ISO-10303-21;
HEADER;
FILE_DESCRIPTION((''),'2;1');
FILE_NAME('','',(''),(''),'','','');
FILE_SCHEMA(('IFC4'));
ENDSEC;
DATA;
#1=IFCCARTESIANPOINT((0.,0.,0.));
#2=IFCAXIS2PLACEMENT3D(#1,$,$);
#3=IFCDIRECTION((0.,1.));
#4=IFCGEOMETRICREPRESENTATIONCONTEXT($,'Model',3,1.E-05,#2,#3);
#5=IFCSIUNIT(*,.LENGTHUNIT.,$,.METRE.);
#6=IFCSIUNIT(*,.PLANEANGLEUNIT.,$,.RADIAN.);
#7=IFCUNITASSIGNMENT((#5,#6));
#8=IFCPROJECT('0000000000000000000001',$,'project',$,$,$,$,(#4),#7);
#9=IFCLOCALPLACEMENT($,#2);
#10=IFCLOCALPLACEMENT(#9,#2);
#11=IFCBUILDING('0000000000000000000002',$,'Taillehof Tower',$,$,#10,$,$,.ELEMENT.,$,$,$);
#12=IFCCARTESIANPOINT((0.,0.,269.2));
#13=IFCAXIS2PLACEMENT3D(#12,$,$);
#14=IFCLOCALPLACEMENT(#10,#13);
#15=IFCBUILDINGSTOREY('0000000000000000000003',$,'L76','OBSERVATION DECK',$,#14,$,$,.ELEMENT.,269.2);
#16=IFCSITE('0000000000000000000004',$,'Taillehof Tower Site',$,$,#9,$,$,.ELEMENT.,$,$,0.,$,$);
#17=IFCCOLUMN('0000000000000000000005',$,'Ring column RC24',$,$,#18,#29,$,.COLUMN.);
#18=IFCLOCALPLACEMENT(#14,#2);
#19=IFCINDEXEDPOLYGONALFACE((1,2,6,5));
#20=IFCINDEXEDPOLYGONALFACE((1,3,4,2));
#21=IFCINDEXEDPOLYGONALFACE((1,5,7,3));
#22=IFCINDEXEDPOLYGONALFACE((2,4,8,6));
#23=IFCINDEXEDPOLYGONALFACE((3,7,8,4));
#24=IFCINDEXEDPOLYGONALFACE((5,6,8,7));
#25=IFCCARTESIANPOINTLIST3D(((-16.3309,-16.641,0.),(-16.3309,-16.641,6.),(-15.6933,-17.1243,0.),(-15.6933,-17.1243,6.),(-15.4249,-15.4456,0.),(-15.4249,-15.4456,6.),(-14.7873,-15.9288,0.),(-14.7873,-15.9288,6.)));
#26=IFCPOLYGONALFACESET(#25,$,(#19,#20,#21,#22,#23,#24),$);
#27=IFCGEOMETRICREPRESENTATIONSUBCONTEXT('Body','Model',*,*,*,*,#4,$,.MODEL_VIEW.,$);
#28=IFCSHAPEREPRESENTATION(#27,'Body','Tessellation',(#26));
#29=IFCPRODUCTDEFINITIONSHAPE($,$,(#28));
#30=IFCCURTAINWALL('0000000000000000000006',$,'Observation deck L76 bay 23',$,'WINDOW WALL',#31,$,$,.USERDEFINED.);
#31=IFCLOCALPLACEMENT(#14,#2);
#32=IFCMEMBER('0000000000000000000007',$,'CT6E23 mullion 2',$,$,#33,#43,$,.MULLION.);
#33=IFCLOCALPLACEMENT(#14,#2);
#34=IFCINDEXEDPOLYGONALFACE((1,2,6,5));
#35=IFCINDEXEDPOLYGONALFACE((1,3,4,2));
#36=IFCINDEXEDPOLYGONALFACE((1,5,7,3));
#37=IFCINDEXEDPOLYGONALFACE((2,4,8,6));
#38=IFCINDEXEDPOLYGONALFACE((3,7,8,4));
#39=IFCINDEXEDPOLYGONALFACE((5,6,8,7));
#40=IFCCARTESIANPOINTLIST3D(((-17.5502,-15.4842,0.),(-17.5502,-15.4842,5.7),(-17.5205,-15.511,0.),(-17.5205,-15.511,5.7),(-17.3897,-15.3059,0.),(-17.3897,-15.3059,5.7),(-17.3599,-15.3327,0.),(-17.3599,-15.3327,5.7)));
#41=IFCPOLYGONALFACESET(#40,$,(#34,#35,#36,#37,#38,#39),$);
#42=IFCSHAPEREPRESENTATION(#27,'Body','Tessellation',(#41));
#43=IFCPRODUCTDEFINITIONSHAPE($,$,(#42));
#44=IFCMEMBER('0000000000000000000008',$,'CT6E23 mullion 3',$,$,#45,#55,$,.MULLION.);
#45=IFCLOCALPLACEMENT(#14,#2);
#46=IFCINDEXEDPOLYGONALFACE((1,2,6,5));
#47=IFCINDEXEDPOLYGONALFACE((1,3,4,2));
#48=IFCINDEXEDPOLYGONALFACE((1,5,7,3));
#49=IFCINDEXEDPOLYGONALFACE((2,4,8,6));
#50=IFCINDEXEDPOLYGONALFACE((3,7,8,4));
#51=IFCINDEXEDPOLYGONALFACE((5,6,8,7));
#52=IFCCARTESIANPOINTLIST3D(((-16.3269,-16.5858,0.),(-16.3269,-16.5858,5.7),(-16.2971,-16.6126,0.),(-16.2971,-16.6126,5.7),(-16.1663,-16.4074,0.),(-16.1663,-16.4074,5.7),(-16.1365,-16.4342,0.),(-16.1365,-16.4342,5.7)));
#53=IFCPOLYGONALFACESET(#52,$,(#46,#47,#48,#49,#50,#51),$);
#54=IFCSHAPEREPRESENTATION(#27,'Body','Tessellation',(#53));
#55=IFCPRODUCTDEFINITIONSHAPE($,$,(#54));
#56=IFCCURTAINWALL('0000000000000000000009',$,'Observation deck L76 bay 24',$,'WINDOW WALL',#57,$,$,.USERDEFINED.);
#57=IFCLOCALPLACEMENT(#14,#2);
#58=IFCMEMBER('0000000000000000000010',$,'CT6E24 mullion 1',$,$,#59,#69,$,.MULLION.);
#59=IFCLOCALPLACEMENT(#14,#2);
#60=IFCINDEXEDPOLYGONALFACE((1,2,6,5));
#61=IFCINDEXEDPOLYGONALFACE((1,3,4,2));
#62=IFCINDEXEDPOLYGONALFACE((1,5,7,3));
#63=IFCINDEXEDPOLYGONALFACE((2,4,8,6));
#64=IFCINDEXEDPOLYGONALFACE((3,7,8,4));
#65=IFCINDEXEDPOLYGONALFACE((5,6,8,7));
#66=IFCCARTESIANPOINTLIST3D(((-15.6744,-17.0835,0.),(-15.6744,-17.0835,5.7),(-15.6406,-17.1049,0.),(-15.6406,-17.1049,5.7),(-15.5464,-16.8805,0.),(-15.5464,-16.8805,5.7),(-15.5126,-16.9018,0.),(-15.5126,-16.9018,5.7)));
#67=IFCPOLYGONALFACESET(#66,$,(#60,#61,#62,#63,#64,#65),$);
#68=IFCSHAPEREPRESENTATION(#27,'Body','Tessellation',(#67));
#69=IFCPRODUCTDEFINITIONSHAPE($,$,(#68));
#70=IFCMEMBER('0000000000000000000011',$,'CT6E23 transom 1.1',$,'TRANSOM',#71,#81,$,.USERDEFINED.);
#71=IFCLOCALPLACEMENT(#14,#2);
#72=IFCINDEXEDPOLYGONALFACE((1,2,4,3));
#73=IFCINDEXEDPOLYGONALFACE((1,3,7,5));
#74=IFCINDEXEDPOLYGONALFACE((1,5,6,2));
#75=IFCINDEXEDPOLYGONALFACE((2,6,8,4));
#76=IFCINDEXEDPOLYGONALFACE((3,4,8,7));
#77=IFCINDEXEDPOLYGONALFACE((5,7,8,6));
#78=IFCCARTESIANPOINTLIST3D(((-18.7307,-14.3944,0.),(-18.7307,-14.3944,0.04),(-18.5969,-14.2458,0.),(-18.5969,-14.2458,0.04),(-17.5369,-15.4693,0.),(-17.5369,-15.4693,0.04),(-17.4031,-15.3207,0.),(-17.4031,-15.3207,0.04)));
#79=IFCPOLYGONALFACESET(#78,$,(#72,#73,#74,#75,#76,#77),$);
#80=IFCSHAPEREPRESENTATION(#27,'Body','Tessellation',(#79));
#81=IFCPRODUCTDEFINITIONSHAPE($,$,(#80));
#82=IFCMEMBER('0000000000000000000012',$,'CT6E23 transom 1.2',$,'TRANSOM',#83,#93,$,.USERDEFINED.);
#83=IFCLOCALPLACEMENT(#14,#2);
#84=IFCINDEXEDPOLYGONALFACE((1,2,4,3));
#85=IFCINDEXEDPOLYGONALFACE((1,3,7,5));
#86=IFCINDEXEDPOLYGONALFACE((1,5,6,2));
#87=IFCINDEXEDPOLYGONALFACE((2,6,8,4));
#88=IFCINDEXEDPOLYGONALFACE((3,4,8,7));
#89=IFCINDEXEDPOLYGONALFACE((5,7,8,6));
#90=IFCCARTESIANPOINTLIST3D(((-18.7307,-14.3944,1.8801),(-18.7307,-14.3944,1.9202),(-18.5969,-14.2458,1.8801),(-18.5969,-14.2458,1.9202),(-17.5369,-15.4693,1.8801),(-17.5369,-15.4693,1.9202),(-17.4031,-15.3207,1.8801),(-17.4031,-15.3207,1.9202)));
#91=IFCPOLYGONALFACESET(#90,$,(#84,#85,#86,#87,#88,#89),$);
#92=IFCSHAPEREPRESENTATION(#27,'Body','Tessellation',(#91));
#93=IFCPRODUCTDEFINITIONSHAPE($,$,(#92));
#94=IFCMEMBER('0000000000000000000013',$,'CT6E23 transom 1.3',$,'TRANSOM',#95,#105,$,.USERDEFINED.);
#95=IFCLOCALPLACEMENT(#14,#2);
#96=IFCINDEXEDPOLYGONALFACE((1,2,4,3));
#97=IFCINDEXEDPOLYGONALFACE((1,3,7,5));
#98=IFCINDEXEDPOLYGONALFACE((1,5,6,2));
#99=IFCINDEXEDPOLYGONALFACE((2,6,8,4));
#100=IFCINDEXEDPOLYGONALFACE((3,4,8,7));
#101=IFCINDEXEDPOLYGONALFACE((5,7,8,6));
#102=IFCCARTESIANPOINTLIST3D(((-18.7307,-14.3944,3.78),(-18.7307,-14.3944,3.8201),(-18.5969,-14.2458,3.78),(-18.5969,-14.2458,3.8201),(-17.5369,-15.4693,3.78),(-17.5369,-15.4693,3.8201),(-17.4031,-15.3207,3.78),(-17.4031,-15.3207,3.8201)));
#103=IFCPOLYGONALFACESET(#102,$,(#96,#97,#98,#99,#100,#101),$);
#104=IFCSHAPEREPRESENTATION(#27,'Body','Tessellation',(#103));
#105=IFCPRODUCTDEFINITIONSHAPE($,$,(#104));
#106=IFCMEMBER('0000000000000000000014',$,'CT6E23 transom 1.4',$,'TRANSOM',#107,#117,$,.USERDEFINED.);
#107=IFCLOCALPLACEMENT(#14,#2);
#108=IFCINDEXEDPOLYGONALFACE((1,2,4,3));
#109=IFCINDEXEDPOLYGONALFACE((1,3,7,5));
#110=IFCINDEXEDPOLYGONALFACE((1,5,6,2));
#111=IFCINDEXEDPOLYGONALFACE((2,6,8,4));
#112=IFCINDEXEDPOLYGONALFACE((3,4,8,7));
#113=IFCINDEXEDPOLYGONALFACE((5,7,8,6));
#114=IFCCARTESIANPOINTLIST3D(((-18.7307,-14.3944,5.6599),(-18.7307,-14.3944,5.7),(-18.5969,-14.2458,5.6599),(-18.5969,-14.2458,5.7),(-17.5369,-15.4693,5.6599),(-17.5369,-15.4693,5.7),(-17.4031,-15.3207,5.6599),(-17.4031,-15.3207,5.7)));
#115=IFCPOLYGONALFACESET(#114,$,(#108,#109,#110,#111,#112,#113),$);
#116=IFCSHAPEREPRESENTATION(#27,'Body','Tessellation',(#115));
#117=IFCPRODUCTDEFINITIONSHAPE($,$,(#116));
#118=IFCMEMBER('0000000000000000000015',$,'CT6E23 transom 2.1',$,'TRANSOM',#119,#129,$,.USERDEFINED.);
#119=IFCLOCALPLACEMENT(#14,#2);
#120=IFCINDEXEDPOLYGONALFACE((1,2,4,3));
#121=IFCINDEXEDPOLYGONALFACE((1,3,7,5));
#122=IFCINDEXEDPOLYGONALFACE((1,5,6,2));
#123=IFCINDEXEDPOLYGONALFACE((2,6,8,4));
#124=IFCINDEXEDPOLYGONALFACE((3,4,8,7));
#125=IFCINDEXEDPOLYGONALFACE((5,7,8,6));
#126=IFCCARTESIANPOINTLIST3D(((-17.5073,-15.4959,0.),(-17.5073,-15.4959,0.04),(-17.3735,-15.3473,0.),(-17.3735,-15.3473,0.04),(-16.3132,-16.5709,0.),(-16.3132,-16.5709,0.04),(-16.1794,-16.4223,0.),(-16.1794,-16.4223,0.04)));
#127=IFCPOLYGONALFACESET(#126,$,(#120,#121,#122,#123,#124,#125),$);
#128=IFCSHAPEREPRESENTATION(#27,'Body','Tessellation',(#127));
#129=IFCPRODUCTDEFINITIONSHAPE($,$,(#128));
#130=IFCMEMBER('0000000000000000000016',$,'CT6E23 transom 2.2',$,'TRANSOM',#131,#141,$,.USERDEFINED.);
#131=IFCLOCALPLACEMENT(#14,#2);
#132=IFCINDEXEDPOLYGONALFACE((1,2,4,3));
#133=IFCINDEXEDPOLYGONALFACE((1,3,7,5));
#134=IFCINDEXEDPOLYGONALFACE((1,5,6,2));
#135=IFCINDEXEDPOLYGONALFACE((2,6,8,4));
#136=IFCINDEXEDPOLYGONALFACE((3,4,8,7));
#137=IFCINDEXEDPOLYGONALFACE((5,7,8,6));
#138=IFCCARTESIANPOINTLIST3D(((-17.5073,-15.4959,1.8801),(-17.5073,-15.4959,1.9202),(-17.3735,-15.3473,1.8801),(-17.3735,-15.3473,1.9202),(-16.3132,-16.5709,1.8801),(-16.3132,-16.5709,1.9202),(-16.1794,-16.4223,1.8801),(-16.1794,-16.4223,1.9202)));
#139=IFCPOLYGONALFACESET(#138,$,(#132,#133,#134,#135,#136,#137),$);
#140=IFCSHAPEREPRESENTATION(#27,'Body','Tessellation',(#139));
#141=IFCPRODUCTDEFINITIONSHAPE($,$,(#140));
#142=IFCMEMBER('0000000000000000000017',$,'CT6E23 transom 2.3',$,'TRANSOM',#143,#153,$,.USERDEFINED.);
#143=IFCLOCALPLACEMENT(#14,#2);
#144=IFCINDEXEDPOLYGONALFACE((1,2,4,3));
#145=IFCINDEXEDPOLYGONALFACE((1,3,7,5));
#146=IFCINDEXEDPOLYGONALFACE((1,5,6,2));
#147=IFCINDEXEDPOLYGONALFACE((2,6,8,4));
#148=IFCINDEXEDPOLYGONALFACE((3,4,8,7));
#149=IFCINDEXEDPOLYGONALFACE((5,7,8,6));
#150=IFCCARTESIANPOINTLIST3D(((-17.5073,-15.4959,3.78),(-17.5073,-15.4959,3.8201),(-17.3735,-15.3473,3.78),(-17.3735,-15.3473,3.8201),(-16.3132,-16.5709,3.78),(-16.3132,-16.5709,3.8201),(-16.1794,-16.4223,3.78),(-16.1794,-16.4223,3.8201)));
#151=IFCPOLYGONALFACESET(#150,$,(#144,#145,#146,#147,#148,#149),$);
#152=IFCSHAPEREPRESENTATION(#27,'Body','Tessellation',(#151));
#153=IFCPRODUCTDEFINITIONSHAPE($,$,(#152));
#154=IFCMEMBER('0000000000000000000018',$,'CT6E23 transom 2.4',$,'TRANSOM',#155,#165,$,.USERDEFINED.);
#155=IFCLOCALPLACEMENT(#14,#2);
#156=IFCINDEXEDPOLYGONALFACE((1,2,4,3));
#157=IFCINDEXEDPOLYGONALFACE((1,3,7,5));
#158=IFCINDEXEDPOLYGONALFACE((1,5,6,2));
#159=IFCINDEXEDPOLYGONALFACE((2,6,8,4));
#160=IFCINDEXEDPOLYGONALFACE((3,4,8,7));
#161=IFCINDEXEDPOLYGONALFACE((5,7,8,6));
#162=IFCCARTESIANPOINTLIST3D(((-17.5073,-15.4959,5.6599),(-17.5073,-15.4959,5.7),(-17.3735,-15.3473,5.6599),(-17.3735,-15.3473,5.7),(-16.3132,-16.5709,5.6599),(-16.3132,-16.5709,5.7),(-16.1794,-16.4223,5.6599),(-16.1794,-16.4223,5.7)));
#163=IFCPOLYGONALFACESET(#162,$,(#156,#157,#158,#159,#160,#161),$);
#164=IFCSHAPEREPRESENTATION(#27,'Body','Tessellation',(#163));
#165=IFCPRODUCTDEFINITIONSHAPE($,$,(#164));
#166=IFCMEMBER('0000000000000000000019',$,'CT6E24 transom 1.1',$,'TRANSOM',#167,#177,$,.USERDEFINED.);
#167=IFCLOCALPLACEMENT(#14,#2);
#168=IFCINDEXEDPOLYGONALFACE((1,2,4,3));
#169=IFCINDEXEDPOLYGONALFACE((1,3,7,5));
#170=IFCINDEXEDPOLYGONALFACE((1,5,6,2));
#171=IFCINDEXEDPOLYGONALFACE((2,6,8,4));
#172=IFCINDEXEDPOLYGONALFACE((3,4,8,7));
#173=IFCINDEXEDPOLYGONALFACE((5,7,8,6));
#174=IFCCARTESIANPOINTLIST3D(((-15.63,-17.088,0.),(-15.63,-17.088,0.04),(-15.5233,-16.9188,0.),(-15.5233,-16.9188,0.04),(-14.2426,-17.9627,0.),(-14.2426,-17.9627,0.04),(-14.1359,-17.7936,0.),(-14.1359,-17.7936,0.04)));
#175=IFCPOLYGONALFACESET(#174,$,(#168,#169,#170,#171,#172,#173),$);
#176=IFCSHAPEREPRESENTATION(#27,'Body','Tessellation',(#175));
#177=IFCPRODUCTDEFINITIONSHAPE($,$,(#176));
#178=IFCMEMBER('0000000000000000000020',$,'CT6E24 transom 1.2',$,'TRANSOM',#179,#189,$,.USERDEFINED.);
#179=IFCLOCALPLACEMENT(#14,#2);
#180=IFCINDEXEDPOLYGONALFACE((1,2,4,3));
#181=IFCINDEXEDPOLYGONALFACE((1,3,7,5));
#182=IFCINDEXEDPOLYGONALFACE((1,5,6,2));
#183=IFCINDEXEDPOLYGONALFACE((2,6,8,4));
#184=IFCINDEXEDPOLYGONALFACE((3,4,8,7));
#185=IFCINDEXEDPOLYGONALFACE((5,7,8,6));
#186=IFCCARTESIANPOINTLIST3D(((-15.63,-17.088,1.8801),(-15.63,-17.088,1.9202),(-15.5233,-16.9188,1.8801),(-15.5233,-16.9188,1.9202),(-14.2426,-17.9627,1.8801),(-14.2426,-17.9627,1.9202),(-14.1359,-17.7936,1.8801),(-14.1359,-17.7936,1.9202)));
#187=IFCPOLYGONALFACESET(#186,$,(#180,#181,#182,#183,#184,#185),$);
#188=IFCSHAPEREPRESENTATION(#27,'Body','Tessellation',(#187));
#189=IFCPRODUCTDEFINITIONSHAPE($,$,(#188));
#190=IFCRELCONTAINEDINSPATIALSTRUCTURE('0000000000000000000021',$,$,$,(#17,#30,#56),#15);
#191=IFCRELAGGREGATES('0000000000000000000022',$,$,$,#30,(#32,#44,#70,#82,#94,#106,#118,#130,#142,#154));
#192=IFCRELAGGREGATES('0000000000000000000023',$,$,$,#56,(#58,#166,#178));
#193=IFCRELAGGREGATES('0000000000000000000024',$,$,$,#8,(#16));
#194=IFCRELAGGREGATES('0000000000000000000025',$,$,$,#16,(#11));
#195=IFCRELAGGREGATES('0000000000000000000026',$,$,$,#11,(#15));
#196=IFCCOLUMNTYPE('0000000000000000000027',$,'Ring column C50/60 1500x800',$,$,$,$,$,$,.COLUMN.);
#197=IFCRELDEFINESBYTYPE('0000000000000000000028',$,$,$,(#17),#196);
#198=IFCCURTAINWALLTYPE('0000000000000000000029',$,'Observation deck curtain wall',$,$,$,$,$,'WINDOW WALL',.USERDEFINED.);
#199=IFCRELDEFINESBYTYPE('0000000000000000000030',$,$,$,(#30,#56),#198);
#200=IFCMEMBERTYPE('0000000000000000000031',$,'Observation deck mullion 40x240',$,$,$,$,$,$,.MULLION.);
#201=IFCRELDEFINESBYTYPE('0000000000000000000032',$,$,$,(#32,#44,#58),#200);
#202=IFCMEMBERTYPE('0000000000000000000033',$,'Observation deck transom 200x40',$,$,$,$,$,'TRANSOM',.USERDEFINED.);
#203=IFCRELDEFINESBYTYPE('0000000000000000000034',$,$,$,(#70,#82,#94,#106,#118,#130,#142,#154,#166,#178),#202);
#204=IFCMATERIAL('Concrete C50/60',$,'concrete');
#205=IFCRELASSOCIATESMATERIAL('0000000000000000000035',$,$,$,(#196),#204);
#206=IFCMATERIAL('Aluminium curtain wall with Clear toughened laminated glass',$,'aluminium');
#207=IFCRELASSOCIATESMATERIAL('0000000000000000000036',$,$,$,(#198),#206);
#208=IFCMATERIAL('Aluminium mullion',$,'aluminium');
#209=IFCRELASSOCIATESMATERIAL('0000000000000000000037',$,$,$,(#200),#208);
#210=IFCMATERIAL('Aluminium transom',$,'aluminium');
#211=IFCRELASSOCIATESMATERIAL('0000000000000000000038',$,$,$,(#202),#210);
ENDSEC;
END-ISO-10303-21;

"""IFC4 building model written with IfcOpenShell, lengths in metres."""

from ifc_helpers import new_model, si_unit, direction, frame, origin, origin_2d, place, context, subcontext, project, spatial, rectangle, extrude, material, material_profile, profile_set, type_object, element, aggregate, save


model = new_model("IFC4")

# Units and contexts
model_context = context("Model", 3, precision=1e-05, world=origin(), true_north=direction((0.0, 1.0)))
body_context = subcontext(model_context, "Body", "Model", "MODEL_VIEW")
ifc_project = project(units=[si_unit("LENGTHUNIT", "METRE"), si_unit("PLANEANGLEUNIT", "RADIAN")], contexts=[model_context])

# Site, building, storey
site_placement = place(None, origin())
site = spatial("IfcSite", under=ifc_project, at=site_placement, Name="Taillehof Tower Site", CompositionType="ELEMENT", RefElevation=0.0)
building_placement = place(site_placement, origin())
building = spatial("IfcBuilding", under=site, at=building_placement, Name="Taillehof Tower", CompositionType="ELEMENT")
storey_placement = place(building_placement, frame((0.0, 0.0, 269.2)))
storey = spatial("IfcBuildingStorey", under=building, at=storey_placement, Name="L76", Description="OBSERVATION DECK", CompositionType="ELEMENT", Elevation=269.2)

# Column
ifc_material_1 = material(Name="Concrete C50/60", Category="concrete")
ifc_material_profile_1 = material_profile(ifc_material_1, rectangle(XDim=1.5, YDim=0.8, at=origin_2d()), Name="RC 1500x800")
ifc_profile_set_1 = profile_set([ifc_material_profile_1], Name="Concrete C50/60")
column_type = type_object("IfcColumnType", Name="Ring column C50/60 1500x800", PredefinedType="COLUMN", material=ifc_profile_set_1)
column_placement = place(storey_placement, frame((-15.5591, -16.2849, 0.0), z_axis=(0.0, 0.0, 1.0), x_axis=(-0.60402, -0.796969, 0.0)))
element("IfcColumn", 1, at=column_placement, inside=storey, type_object=column_type, Name="Ring column RC24", PredefinedType="COLUMN", context=body_context, shape_type="SweptSolid", body=[
    extrude(rectangle(XDim=1.5, YDim=0.8, at=origin_2d()), origin(), (0.0, 0.0, 1.0), 6.0),
])

# Curtain wall, members
ifc_material_2 = material(Name="Aluminium curtain wall with Clear toughened laminated glass", Category="aluminium")
curtain_wall_type = type_object("IfcCurtainWallType", Name="Observation deck curtain wall", ElementType="WINDOW WALL", PredefinedType="USERDEFINED", material=ifc_material_2)
curtain_wall_1_placement = place(storey_placement, origin())
curtain_wall_1 = element("IfcCurtainWall", 2, at=curtain_wall_1_placement, inside=storey, type_object=curtain_wall_type, Name="Observation deck L76 bay 23", ObjectType="WINDOW WALL", PredefinedType="USERDEFINED")
ifc_material_3 = material(Name="Aluminium mullion", Category="aluminium")
ifc_material_profile_2 = material_profile(ifc_material_3, rectangle(XDim=0.24, YDim=0.04, at=origin_2d()), Name="AL 40x240")
ifc_profile_set_2 = profile_set([ifc_material_profile_2], Name="Aluminium mullion")
member_type_1 = type_object("IfcMemberType", Name="Observation deck mullion 40x240", PredefinedType="MULLION", material=ifc_profile_set_2)
member_1_placement = place(storey_placement, frame((-17.4551, -15.4084, 0.0), z_axis=(0.0, 0.0, 1.0), x_axis=(0.669107, 0.743166, 0.0)))
member_1 = element("IfcMember", 3, at=member_1_placement, type_object=member_type_1, Name="CT6E23 mullion 2", PredefinedType="MULLION", context=body_context, shape_type="SweptSolid", body=[
    extrude(rectangle(XDim=0.24, YDim=0.04, at=origin_2d()), origin(), (0.0, 0.0, 1.0), 5.7),
])
member_2_placement = place(storey_placement, frame((-16.2317, -16.51, 0.0), z_axis=(0.0, 0.0, 1.0), x_axis=(0.669107, 0.743166, 0.0)))
member_2 = element("IfcMember", 4, at=member_2_placement, type_object=member_type_1, Name="CT6E23 mullion 3", PredefinedType="MULLION", context=body_context, shape_type="SweptSolid", body=[
    extrude(rectangle(XDim=0.24, YDim=0.04, at=origin_2d()), origin(), (0.0, 0.0, 1.0), 5.7),
])

# Curtain wall, member
curtain_wall_2_placement = place(storey_placement, origin())
curtain_wall_2 = element("IfcCurtainWall", 5, at=curtain_wall_2_placement, inside=storey, type_object=curtain_wall_type, Name="Observation deck L76 bay 24", ObjectType="WINDOW WALL", PredefinedType="USERDEFINED")
member_3_placement = place(storey_placement, frame((-15.5935, -16.9927, 0.0), z_axis=(0.0, 0.0, 1.0), x_axis=(0.533294, 0.84593, 0.0)))
member_3 = element("IfcMember", 6, at=member_3_placement, type_object=member_type_1, Name="CT6E24 mullion 1", PredefinedType="MULLION", context=body_context, shape_type="SweptSolid", body=[
    extrude(rectangle(XDim=0.24, YDim=0.04, at=origin_2d()), origin(), (0.0, 0.0, 1.0), 5.7),
])

# Members
ifc_material_4 = material(Name="Aluminium transom", Category="aluminium")
ifc_material_profile_3 = material_profile(ifc_material_4, rectangle(XDim=0.2, YDim=0.04, at=origin_2d()), Name="AL 200x40")
ifc_profile_set_3 = profile_set([ifc_material_profile_3], Name="Aluminium transom")
member_type_2 = type_object("IfcMemberType", Name="Observation deck transom 200x40", ElementType="TRANSOM", PredefinedType="USERDEFINED", material=ifc_profile_set_3)
member_4_placement = place(storey_placement, frame((-18.6638, -14.3201, 0.02), z_axis=(0.743143, -0.669133, 0.0), x_axis=(0.669133, 0.743143, 0.0)))
member_4 = element("IfcMember", 7, at=member_4_placement, type_object=member_type_2, Name="CT6E23 transom 1.1", ObjectType="TRANSOM", PredefinedType="USERDEFINED", context=body_context, shape_type="SweptSolid", body=[
    extrude(rectangle(XDim=0.2, YDim=0.04, at=origin_2d()), origin(), (0.0, 0.0, 1.0), 1.6064),
])
member_5_placement = place(storey_placement, frame((-18.6638, -14.3201, 1.9001), z_axis=(0.743143, -0.669133, 0.0), x_axis=(0.669133, 0.743143, 0.0)))
member_5 = element("IfcMember", 8, at=member_5_placement, type_object=member_type_2, Name="CT6E23 transom 1.2", ObjectType="TRANSOM", PredefinedType="USERDEFINED", context=body_context, shape_type="SweptSolid", body=[
    extrude(rectangle(XDim=0.2, YDim=0.04, at=origin_2d()), origin(), (0.0, 0.0, 1.0), 1.6064),
])
member_6_placement = place(storey_placement, frame((-18.6638, -14.3201, 3.8), z_axis=(0.743143, -0.669133, 0.0), x_axis=(0.669133, 0.743143, 0.0)))
member_6 = element("IfcMember", 9, at=member_6_placement, type_object=member_type_2, Name="CT6E23 transom 1.3", ObjectType="TRANSOM", PredefinedType="USERDEFINED", context=body_context, shape_type="SweptSolid", body=[
    extrude(rectangle(XDim=0.2, YDim=0.04, at=origin_2d()), origin(), (0.0, 0.0, 1.0), 1.6064),
])
member_7_placement = place(storey_placement, frame((-18.6638, -14.3201, 5.6799), z_axis=(0.743143, -0.669133, 0.0), x_axis=(0.669133, 0.743143, 0.0)))
member_7 = element("IfcMember", 10, at=member_7_placement, type_object=member_type_2, Name="CT6E23 transom 1.4", ObjectType="TRANSOM", PredefinedType="USERDEFINED", context=body_context, shape_type="SweptSolid", body=[
    extrude(rectangle(XDim=0.2, YDim=0.04, at=origin_2d()), origin(), (0.0, 0.0, 1.0), 1.6064),
])
member_8_placement = place(storey_placement, frame((-17.4404, -15.4216, 0.02), z_axis=(0.743211, -0.669057, 0.0), x_axis=(0.669057, 0.743211, 0.0)))
member_8 = element("IfcMember", 11, at=member_8_placement, type_object=member_type_2, Name="CT6E23 transom 2.1", ObjectType="TRANSOM", PredefinedType="USERDEFINED", context=body_context, shape_type="SweptSolid", body=[
    extrude(rectangle(XDim=0.2, YDim=0.04, at=origin_2d()), origin(), (0.0, 0.0, 1.0), 1.6067),
])
member_9_placement = place(storey_placement, frame((-17.4404, -15.4216, 1.9001), z_axis=(0.743211, -0.669057, 0.0), x_axis=(0.669057, 0.743211, 0.0)))
member_9 = element("IfcMember", 12, at=member_9_placement, type_object=member_type_2, Name="CT6E23 transom 2.2", ObjectType="TRANSOM", PredefinedType="USERDEFINED", context=body_context, shape_type="SweptSolid", body=[
    extrude(rectangle(XDim=0.2, YDim=0.04, at=origin_2d()), origin(), (0.0, 0.0, 1.0), 1.6067),
])
member_10_placement = place(storey_placement, frame((-17.4404, -15.4216, 3.8), z_axis=(0.743211, -0.669057, 0.0), x_axis=(0.669057, 0.743211, 0.0)))
member_10 = element("IfcMember", 13, at=member_10_placement, type_object=member_type_2, Name="CT6E23 transom 2.3", ObjectType="TRANSOM", PredefinedType="USERDEFINED", context=body_context, shape_type="SweptSolid", body=[
    extrude(rectangle(XDim=0.2, YDim=0.04, at=origin_2d()), origin(), (0.0, 0.0, 1.0), 1.6067),
])
member_11_placement = place(storey_placement, frame((-17.4404, -15.4216, 5.6799), z_axis=(0.743211, -0.669057, 0.0), x_axis=(0.669057, 0.743211, 0.0)))
member_11 = element("IfcMember", 14, at=member_11_placement, type_object=member_type_2, Name="CT6E23 transom 2.4", ObjectType="TRANSOM", PredefinedType="USERDEFINED", context=body_context, shape_type="SweptSolid", body=[
    extrude(rectangle(XDim=0.2, YDim=0.04, at=origin_2d()), origin(), (0.0, 0.0, 1.0), 1.6067),
])
member_12_placement = place(storey_placement, frame((-15.5767, -17.0034, 0.02), z_axis=(0.84591, -0.533326, 0.0), x_axis=(0.533326, 0.84591, 0.0)))
member_12 = element("IfcMember", 15, at=member_12_placement, type_object=member_type_2, Name="CT6E24 transom 1.1", ObjectType="TRANSOM", PredefinedType="USERDEFINED", context=body_context, shape_type="SweptSolid", body=[
    extrude(rectangle(XDim=0.2, YDim=0.04, at=origin_2d()), origin(), (0.0, 0.0, 1.0), 1.6401),
])
member_13_placement = place(storey_placement, frame((-15.5767, -17.0034, 1.9001), z_axis=(0.84591, -0.533326, 0.0), x_axis=(0.533326, 0.84591, 0.0)))
member_13 = element("IfcMember", 16, at=member_13_placement, type_object=member_type_2, Name="CT6E24 transom 1.2", ObjectType="TRANSOM", PredefinedType="USERDEFINED", context=body_context, shape_type="SweptSolid", body=[
    extrude(rectangle(XDim=0.2, YDim=0.04, at=origin_2d()), origin(), (0.0, 0.0, 1.0), 1.6401),
])

aggregate(curtain_wall_1, [member_1, member_2, member_4, member_5, member_6, member_7, member_8, member_9, member_10, member_11])
aggregate(curtain_wall_2, [member_3, member_12, member_13])

save(model, "model.ifc")
